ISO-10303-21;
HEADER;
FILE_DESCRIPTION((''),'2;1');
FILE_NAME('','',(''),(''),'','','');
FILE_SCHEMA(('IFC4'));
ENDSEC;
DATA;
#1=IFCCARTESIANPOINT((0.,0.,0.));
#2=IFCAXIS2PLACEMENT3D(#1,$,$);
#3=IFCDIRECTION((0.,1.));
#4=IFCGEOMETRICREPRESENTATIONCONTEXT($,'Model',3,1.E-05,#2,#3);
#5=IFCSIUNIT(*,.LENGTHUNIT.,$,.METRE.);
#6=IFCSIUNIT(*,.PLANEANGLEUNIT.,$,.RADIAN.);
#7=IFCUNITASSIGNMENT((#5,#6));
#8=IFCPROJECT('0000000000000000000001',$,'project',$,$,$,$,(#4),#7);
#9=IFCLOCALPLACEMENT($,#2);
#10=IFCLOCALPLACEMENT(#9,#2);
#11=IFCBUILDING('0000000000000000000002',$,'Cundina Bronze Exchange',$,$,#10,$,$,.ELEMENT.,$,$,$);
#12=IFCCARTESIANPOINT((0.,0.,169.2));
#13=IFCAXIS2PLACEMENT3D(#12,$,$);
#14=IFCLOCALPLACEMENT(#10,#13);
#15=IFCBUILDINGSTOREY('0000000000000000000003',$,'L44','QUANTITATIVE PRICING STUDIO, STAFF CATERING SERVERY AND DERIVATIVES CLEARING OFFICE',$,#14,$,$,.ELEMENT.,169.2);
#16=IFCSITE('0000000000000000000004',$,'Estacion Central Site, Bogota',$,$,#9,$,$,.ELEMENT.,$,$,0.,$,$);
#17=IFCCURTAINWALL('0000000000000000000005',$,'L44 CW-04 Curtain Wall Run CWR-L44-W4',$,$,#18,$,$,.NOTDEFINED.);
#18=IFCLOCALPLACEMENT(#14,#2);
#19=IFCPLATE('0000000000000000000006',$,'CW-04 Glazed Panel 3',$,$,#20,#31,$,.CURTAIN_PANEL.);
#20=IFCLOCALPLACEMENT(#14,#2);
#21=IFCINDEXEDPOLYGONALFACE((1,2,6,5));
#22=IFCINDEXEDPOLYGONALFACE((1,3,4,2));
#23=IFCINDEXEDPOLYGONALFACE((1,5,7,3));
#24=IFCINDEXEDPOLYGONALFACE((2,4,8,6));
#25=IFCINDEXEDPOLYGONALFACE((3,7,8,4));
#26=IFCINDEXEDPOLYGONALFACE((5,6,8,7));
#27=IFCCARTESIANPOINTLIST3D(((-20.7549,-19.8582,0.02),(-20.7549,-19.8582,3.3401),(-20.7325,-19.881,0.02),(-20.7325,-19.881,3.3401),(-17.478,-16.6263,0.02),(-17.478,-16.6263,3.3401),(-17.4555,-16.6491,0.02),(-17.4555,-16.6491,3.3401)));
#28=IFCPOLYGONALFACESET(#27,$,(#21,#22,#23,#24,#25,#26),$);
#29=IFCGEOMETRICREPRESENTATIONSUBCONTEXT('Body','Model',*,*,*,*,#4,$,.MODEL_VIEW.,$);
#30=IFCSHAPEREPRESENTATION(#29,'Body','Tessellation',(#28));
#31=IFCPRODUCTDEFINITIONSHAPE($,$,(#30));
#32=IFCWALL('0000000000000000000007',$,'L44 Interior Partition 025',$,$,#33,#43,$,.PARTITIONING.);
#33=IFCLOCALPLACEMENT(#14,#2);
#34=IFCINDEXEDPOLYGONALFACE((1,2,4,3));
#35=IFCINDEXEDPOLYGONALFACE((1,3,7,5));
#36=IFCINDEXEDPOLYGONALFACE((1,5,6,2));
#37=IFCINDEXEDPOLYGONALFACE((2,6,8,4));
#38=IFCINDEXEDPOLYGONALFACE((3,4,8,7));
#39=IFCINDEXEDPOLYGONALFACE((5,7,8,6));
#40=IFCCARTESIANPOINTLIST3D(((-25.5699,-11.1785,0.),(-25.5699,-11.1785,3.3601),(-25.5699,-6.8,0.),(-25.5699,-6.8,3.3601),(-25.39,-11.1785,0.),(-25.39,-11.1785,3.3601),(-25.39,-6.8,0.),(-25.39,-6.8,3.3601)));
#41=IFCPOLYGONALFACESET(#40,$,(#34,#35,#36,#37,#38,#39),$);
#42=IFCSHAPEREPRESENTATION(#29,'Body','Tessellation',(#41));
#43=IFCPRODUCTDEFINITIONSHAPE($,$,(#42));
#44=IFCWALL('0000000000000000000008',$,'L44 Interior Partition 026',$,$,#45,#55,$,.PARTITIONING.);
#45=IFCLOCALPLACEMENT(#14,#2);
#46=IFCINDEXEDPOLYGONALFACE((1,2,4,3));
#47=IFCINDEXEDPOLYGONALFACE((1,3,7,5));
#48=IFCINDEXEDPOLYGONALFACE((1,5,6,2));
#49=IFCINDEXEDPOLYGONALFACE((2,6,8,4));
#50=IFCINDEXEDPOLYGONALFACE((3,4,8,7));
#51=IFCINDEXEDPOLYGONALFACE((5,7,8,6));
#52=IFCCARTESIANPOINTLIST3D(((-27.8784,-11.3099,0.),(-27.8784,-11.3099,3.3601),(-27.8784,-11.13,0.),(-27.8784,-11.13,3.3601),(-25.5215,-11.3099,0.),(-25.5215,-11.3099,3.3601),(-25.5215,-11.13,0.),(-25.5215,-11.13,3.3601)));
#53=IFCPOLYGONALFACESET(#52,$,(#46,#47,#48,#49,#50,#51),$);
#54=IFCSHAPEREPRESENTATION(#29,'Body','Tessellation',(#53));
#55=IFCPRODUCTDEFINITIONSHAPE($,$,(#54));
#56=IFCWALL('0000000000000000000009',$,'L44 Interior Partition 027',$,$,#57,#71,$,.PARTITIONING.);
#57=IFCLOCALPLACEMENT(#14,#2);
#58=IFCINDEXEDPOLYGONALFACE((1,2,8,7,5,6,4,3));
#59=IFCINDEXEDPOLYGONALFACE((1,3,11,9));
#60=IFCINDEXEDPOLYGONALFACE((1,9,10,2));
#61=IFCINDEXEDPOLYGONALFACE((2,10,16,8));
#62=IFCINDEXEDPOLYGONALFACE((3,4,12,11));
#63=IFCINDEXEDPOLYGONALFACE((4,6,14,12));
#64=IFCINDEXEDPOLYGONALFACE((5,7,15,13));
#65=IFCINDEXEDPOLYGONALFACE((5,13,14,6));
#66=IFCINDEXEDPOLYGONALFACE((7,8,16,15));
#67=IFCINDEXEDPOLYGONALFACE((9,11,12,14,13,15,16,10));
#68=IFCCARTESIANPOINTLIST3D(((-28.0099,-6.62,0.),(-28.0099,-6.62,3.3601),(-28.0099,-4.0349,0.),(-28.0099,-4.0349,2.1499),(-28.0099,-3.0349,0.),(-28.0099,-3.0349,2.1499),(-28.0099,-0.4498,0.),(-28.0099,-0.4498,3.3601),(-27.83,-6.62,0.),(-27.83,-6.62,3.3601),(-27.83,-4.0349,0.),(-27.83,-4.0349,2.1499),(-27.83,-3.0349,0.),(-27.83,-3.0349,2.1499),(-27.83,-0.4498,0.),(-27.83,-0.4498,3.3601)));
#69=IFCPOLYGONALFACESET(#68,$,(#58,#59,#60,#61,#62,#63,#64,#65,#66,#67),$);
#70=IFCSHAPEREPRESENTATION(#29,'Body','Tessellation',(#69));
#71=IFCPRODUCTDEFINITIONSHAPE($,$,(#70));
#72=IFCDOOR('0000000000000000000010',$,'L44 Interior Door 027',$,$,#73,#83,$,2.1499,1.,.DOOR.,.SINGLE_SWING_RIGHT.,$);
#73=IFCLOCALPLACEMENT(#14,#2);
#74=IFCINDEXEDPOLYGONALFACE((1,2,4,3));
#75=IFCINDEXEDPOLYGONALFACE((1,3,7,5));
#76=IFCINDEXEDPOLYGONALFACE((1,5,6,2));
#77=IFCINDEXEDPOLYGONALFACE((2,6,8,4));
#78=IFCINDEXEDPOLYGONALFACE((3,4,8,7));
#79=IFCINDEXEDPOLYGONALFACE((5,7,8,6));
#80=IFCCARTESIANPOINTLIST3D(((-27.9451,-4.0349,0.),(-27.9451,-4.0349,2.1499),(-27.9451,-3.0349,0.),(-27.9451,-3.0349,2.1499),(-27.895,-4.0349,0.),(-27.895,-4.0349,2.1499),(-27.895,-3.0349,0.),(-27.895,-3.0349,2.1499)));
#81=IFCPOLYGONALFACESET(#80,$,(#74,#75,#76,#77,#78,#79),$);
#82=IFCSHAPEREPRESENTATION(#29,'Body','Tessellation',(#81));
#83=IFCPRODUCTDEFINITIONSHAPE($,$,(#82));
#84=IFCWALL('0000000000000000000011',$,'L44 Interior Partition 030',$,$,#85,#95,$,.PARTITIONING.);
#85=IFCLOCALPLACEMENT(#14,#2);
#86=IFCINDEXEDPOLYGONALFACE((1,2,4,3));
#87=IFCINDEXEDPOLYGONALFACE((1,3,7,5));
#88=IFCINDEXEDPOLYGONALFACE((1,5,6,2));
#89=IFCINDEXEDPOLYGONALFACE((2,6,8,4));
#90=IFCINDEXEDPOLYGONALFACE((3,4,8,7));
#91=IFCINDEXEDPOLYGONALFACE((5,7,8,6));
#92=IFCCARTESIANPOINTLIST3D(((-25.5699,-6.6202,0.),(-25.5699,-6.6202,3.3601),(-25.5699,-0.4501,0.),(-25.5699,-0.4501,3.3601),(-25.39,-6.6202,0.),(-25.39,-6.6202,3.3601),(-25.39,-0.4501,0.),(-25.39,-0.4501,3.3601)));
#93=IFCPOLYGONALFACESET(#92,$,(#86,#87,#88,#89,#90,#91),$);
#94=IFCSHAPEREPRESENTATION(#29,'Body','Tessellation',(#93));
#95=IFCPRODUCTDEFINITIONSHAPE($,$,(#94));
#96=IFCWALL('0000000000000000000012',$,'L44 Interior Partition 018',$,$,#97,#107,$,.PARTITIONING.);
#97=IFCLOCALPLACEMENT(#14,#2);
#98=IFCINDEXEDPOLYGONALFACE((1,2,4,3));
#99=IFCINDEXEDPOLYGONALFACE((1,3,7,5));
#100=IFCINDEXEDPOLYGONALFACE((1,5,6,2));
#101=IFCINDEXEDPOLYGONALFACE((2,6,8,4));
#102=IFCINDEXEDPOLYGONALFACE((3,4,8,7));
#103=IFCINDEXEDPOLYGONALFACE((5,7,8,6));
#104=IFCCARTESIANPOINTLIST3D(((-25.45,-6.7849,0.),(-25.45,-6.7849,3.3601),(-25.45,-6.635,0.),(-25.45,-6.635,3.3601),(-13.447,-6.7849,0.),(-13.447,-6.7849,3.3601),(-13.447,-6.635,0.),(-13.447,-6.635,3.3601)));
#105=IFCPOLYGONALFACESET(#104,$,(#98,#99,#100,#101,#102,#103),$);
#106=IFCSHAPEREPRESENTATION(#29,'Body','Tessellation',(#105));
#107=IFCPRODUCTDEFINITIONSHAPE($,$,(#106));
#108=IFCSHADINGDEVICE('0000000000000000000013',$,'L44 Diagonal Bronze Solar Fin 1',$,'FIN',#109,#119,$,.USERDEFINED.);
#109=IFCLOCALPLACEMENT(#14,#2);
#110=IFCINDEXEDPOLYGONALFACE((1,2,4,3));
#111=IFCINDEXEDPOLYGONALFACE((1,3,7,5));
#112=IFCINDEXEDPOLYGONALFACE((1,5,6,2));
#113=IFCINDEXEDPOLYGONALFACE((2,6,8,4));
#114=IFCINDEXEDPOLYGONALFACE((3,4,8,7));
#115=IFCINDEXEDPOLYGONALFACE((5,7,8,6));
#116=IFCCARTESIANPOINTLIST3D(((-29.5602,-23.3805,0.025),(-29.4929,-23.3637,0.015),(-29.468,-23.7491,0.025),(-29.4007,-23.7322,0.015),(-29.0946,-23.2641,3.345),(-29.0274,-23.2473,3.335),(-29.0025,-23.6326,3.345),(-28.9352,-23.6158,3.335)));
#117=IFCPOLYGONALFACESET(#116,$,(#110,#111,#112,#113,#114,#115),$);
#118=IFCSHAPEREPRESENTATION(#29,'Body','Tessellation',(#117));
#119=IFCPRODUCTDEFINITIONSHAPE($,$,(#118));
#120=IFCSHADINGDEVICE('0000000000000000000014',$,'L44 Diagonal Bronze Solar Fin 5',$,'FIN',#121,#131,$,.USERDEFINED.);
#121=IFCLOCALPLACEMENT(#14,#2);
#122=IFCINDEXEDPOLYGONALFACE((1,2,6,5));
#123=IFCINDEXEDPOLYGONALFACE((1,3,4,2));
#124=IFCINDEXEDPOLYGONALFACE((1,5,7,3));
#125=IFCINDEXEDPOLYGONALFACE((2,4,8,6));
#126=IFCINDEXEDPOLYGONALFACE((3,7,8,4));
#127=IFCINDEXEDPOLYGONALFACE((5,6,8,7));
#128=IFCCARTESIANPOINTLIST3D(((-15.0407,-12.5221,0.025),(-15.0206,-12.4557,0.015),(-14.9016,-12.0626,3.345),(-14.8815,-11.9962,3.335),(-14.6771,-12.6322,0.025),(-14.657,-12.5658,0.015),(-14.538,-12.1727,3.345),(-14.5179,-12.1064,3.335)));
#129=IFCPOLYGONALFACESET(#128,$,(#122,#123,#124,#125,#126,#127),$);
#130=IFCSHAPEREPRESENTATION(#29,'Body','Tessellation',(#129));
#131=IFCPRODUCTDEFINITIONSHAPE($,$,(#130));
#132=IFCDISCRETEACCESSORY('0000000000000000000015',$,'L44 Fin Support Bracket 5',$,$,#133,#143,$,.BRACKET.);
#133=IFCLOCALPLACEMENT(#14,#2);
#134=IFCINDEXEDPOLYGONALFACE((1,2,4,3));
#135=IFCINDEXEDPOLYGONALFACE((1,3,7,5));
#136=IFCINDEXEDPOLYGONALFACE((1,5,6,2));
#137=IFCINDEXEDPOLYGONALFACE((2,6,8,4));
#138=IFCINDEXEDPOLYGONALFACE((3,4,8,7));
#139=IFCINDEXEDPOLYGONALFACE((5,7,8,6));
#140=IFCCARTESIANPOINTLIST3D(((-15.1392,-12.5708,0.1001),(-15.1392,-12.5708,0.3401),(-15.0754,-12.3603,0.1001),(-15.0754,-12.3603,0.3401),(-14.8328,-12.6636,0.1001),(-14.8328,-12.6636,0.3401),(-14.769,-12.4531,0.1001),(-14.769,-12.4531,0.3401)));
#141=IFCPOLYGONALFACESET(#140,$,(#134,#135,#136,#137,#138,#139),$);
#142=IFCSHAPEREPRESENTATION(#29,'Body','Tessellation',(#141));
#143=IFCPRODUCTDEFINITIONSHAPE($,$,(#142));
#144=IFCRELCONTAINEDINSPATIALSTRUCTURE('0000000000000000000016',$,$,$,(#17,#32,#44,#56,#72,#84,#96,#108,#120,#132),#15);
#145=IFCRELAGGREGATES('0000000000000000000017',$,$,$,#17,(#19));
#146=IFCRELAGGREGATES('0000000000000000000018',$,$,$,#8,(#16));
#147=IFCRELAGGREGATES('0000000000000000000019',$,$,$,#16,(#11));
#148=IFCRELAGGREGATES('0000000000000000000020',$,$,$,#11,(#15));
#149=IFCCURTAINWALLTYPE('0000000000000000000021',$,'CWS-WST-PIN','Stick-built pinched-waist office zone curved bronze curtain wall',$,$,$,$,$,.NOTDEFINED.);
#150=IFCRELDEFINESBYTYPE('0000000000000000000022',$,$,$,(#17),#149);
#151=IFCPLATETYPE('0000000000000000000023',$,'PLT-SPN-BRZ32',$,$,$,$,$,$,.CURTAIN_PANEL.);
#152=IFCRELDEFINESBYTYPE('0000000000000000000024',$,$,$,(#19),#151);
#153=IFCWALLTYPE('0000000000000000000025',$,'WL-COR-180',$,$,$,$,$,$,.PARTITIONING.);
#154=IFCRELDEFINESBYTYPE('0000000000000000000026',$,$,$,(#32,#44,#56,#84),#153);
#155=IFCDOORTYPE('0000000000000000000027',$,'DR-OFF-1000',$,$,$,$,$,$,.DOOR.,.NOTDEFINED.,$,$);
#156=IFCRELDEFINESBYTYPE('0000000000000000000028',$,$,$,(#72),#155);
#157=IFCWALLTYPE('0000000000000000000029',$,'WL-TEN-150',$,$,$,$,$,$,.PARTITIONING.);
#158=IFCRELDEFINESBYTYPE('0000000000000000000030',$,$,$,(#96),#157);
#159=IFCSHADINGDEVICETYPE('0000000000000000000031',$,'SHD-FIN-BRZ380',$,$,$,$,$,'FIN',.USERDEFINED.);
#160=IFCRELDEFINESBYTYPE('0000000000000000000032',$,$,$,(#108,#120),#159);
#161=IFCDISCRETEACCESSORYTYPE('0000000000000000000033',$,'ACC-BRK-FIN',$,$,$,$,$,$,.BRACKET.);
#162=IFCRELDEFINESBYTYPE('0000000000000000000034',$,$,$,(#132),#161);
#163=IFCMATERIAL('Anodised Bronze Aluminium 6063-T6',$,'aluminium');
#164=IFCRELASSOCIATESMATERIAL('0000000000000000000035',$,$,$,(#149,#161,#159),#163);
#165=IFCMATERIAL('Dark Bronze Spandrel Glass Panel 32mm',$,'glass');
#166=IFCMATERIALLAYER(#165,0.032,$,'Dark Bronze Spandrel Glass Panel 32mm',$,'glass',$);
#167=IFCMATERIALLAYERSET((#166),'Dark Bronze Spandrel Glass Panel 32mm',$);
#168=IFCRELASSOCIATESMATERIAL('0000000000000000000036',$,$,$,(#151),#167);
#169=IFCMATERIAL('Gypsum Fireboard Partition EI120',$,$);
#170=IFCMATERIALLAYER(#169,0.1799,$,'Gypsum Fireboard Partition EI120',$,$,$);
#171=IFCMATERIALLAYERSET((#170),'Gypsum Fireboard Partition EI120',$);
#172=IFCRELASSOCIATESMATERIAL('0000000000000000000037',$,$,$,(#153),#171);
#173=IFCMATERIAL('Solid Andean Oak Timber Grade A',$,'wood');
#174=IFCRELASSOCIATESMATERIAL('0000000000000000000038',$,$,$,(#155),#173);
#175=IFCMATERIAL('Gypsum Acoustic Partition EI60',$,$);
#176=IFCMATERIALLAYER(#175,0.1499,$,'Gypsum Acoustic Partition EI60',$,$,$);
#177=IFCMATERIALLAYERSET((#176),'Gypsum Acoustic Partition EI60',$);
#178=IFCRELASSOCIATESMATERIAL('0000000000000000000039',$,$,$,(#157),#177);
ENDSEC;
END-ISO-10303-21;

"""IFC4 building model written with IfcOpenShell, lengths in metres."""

from ifc_helpers import new_model, si_unit, direction, frame, frame_2d, origin, origin_2d, place, context, subcontext, project, spatial, rectangle, extrude, material, layer, layer_set, material_profile, profile_set, type_object, element, fill, aggregate, save


model = new_model("IFC4")

# Units and contexts
model_context = context("Model", 3, precision=1e-05, world=origin(), true_north=direction((0.0, 1.0)))
body_context = subcontext(model_context, "Body", "Model", "MODEL_VIEW")
ifc_project = project(units=[si_unit("LENGTHUNIT", "METRE"), si_unit("PLANEANGLEUNIT", "RADIAN")], contexts=[model_context])

# Site, building, storey
site_placement = place(None, origin())
site = spatial("IfcSite", under=ifc_project, at=site_placement, Name="Estacion Central Site, Bogota", CompositionType="ELEMENT", RefElevation=0.0)
building_placement = place(site_placement, origin())
building = spatial("IfcBuilding", under=site, at=building_placement, Name="Cundina Bronze Exchange", CompositionType="ELEMENT")
storey_placement = place(building_placement, frame((0.0, 0.0, 169.2)))
storey = spatial("IfcBuildingStorey", under=building, at=storey_placement, Name="L44", Description="QUANTITATIVE PRICING STUDIO, STAFF CATERING SERVERY AND DERIVATIVES CLEARING OFFICE", CompositionType="ELEMENT", Elevation=169.2)

# Curtain wall, plate
ifc_material_1 = material(Name="Anodised Bronze Aluminium 6063-T6", Category="aluminium")
curtain_wall_type = type_object("IfcCurtainWallType", Name="CWS-WST-PIN", Description="Stick-built pinched-waist office zone curved bronze curtain wall", PredefinedType="NOTDEFINED", material=ifc_material_1)
curtain_wall_placement = place(storey_placement, origin())
curtain_wall = element("IfcCurtainWall", 1, at=curtain_wall_placement, inside=storey, type_object=curtain_wall_type, Name="L44 CW-04 Curtain Wall Run CWR-L44-W4", PredefinedType="NOTDEFINED")
ifc_material_2 = material(Name="Dark Bronze Spandrel Glass Panel 32mm", Category="glass")
ifc_layer_1 = layer(ifc_material_2, 0.032, Name="Dark Bronze Spandrel Glass Panel 32mm", Category="glass")
ifc_layer_set_1 = layer_set([ifc_layer_1], Name="Dark Bronze Spandrel Glass Panel 32mm")
plate_type_1 = type_object("IfcPlateType", Name="PLT-SPN-BRZ32", PredefinedType="CURTAIN_PANEL", material=ifc_layer_set_1)
plate_1_placement = place(storey_placement, frame((-19.1052, -18.2537, 0.02), z_axis=(0.0, 0.0, 1.0), x_axis=(0.711989, 0.70219, 0.0)))
plate_1 = element("IfcPlate", 2, at=plate_1_placement, type_object=plate_type_1, Name="CW-04 Glazed Panel 3", PredefinedType="CURTAIN_PANEL", context=body_context, shape_type="SweptSolid", body=[
    extrude(rectangle(XDim=4.6025, YDim=0.032, at=origin_2d()), origin(), (0.0, 0.0, 1.0), 3.3201),
])
aggregate(curtain_wall, [plate_1])

# Shared definitions
ifc_material_3 = material(Name="Gypsum Fireboard Partition EI120")
ifc_layer_2 = layer(ifc_material_3, 0.1799, Name="Gypsum Fireboard Partition EI120")
ifc_layer_set_2 = layer_set([ifc_layer_2], Name="Gypsum Fireboard Partition EI120")
wall_type_1 = type_object("IfcWallType", Name="WL-COR-180", PredefinedType="PARTITIONING", material=ifc_layer_set_2)
ifc_material_4 = material(Name="Solid Andean Oak Timber Grade A", Category="wood")
door_type = type_object("IfcDoorType", Name="DR-OFF-1000", OperationType="NOTDEFINED", PredefinedType="DOOR", material=ifc_material_4)

# Walls
wall_1_placement = place(storey_placement, frame((-25.48, -11.1785, 0.0), z_axis=(0.0, 0.0, 1.0), x_axis=(0.0, 1.0, 0.0)))
element("IfcWall", 3, at=wall_1_placement, inside=storey, type_object=wall_type_1, Name="L44 Interior Partition 025", PredefinedType="PARTITIONING", context=body_context, shape_type="SweptSolid", body=[
    extrude(rectangle(XDim=4.3784, YDim=0.1799, at=frame_2d((2.1892, 0.0))), origin(), (0.0, 0.0, 1.0), 3.3601),
])
wall_2_placement = place(storey_placement, frame((-27.8784, -11.22, 0.0), z_axis=(0.0, 0.0, 1.0), x_axis=(1.0, 0.0, 0.0)))
element("IfcWall", 4, at=wall_2_placement, inside=storey, type_object=wall_type_1, Name="L44 Interior Partition 026", PredefinedType="PARTITIONING", context=body_context, shape_type="SweptSolid", body=[
    extrude(rectangle(XDim=2.3569, YDim=0.1799, at=frame_2d((1.1785, 0.0))), origin(), (0.0, 0.0, 1.0), 3.3601),
])

# Wall, opening, door
wall_3_placement = place(storey_placement, frame((-27.9199, -0.45, 0.0), z_axis=(0.0, 0.0, 1.0), x_axis=(0.0, -1.0, 0.0)))
wall_3 = element("IfcWall", 5, at=wall_3_placement, inside=storey, type_object=wall_type_1, Name="L44 Interior Partition 027", PredefinedType="PARTITIONING", context=body_context, shape_type="SweptSolid", body=[
    extrude(rectangle(XDim=6.1702, YDim=0.1799, at=frame_2d((3.085, 0.0))), origin(), (0.0, 0.0, 1.0), 3.3601),
])
opening_1_placement = place(wall_3_placement, frame((2.585, 0.0, 0.0)))
opening_1 = element("IfcOpeningElement", 6, at=opening_1_placement, cuts=wall_3, PredefinedType="OPENING", context=body_context, shape_type="SweptSolid", body=[
    extrude(rectangle(XDim=1.0, YDim=2.1499, at=frame_2d((0.5, 1.075))), frame((0.0, 0.0999, 0.0), z_axis=(0.0, -1.0, 0.0), x_axis=(1.0, 0.0, 0.0)), (0.0, 0.0, 1.0), 0.2),
])
door_1_placement = place(opening_1_placement, origin())
door_1 = element("IfcDoor", 7, at=door_1_placement, inside=storey, type_object=door_type, Name="L44 Interior Door 027", OperationType="SINGLE_SWING_RIGHT", OverallHeight=2.1499, OverallWidth=1.0, PredefinedType="DOOR", context=body_context, shape_type="SweptSolid", body=[
    extrude(rectangle(XDim=1.0, YDim=2.1499, at=frame_2d((0.5, 1.075))), frame((0.0, 0.0249, 0.0), z_axis=(0.0, -1.0, 0.0), x_axis=(1.0, 0.0, 0.0)), (0.0, 0.0, 1.0), 0.05),
])
fill(opening_1, door_1)

# Walls
wall_4_placement = place(storey_placement, frame((-25.48, -6.6201, 0.0), z_axis=(0.0, 0.0, 1.0), x_axis=(0.0, 1.0, 0.0)))
element("IfcWall", 8, at=wall_4_placement, inside=storey, type_object=wall_type_1, Name="L44 Interior Partition 030", PredefinedType="PARTITIONING", context=body_context, shape_type="SweptSolid", body=[
    extrude(rectangle(XDim=6.1702, YDim=0.1799, at=frame_2d((3.085, 0.0))), origin(), (0.0, 0.0, 1.0), 3.3601),
])
ifc_material_5 = material(Name="Gypsum Acoustic Partition EI60")
ifc_layer_3 = layer(ifc_material_5, 0.1499, Name="Gypsum Acoustic Partition EI60")
ifc_layer_set_3 = layer_set([ifc_layer_3], Name="Gypsum Acoustic Partition EI60")
wall_type_2 = type_object("IfcWallType", Name="WL-TEN-150", PredefinedType="PARTITIONING", material=ifc_layer_set_3)
wall_5_placement = place(storey_placement, frame((-25.45, -6.71, 0.0), z_axis=(0.0, 0.0, 1.0), x_axis=(1.0, 0.0, 0.0)))
element("IfcWall", 9, at=wall_5_placement, inside=storey, type_object=wall_type_2, Name="L44 Interior Partition 018", PredefinedType="PARTITIONING", context=body_context, shape_type="SweptSolid", body=[
    extrude(rectangle(XDim=12.0029, YDim=0.1499, at=frame_2d((6.0015, 0.0))), origin(), (0.0, 0.0, 1.0), 3.3601),
])

# Shading devices
ifc_material_profile_1 = material_profile(ifc_material_1, rectangle(XDim=0.0701, YDim=0.3799, at=origin_2d()), Name="FIN70X380", Category="aluminium")
ifc_profile_set_1 = profile_set([ifc_material_profile_1], Name="Anodised Bronze Aluminium 6063-T6")
shading_device_type = type_object("IfcShadingDeviceType", Name="SHD-FIN-BRZ380", ElementType="FIN", PredefinedType="USERDEFINED", material=ifc_profile_set_1)
for number, where, z_axis, x_axis, name in (
    (10, (-29.4805, -23.5564, 0.02), (0.138788, 0.034715, 0.989713), (-0.960133, -0.240159, 0.143064), "L44 Diagonal Bronze Solar Fin 1"),
    (11, (-14.8489, -12.5439, 0.02), (0.041483, 0.136968, 0.989706), (-0.286883, -0.947216, 0.143112), "L44 Diagonal Bronze Solar Fin 5"),
):
    element("IfcShadingDevice", number, at=place(storey_placement, frame(where, z_axis=z_axis, x_axis=x_axis)), inside=storey, type_object=shading_device_type, Name=name, ObjectType="FIN", PredefinedType="USERDEFINED", context=body_context, shape_type="SweptSolid", body=[
        extrude(rectangle(XDim=0.0701, YDim=0.3799, at=origin_2d()), origin(), (0.0, 0.0, 1.0), 3.3545),
    ])

# Discrete accessory
discrete_accessory_type = type_object("IfcDiscreteAccessoryType", Name="ACC-BRK-FIN", PredefinedType="BRACKET", material=ifc_material_1)
discrete_accessory_placement = place(storey_placement, frame((-14.9541, -12.512, 0.1001), z_axis=(0.0, 0.0, 1.0), x_axis=(0.290051, 0.957011, 0.0)))
element("IfcDiscreteAccessory", 12, at=discrete_accessory_placement, inside=storey, type_object=discrete_accessory_type, Name="L44 Fin Support Bracket 5", PredefinedType="BRACKET", context=body_context, shape_type="SweptSolid", body=[
    extrude(rectangle(XDim=0.22, YDim=0.3201, at=origin_2d()), origin(), (0.0, 0.0, 1.0), 0.24),
])

save(model, "model.ifc")
